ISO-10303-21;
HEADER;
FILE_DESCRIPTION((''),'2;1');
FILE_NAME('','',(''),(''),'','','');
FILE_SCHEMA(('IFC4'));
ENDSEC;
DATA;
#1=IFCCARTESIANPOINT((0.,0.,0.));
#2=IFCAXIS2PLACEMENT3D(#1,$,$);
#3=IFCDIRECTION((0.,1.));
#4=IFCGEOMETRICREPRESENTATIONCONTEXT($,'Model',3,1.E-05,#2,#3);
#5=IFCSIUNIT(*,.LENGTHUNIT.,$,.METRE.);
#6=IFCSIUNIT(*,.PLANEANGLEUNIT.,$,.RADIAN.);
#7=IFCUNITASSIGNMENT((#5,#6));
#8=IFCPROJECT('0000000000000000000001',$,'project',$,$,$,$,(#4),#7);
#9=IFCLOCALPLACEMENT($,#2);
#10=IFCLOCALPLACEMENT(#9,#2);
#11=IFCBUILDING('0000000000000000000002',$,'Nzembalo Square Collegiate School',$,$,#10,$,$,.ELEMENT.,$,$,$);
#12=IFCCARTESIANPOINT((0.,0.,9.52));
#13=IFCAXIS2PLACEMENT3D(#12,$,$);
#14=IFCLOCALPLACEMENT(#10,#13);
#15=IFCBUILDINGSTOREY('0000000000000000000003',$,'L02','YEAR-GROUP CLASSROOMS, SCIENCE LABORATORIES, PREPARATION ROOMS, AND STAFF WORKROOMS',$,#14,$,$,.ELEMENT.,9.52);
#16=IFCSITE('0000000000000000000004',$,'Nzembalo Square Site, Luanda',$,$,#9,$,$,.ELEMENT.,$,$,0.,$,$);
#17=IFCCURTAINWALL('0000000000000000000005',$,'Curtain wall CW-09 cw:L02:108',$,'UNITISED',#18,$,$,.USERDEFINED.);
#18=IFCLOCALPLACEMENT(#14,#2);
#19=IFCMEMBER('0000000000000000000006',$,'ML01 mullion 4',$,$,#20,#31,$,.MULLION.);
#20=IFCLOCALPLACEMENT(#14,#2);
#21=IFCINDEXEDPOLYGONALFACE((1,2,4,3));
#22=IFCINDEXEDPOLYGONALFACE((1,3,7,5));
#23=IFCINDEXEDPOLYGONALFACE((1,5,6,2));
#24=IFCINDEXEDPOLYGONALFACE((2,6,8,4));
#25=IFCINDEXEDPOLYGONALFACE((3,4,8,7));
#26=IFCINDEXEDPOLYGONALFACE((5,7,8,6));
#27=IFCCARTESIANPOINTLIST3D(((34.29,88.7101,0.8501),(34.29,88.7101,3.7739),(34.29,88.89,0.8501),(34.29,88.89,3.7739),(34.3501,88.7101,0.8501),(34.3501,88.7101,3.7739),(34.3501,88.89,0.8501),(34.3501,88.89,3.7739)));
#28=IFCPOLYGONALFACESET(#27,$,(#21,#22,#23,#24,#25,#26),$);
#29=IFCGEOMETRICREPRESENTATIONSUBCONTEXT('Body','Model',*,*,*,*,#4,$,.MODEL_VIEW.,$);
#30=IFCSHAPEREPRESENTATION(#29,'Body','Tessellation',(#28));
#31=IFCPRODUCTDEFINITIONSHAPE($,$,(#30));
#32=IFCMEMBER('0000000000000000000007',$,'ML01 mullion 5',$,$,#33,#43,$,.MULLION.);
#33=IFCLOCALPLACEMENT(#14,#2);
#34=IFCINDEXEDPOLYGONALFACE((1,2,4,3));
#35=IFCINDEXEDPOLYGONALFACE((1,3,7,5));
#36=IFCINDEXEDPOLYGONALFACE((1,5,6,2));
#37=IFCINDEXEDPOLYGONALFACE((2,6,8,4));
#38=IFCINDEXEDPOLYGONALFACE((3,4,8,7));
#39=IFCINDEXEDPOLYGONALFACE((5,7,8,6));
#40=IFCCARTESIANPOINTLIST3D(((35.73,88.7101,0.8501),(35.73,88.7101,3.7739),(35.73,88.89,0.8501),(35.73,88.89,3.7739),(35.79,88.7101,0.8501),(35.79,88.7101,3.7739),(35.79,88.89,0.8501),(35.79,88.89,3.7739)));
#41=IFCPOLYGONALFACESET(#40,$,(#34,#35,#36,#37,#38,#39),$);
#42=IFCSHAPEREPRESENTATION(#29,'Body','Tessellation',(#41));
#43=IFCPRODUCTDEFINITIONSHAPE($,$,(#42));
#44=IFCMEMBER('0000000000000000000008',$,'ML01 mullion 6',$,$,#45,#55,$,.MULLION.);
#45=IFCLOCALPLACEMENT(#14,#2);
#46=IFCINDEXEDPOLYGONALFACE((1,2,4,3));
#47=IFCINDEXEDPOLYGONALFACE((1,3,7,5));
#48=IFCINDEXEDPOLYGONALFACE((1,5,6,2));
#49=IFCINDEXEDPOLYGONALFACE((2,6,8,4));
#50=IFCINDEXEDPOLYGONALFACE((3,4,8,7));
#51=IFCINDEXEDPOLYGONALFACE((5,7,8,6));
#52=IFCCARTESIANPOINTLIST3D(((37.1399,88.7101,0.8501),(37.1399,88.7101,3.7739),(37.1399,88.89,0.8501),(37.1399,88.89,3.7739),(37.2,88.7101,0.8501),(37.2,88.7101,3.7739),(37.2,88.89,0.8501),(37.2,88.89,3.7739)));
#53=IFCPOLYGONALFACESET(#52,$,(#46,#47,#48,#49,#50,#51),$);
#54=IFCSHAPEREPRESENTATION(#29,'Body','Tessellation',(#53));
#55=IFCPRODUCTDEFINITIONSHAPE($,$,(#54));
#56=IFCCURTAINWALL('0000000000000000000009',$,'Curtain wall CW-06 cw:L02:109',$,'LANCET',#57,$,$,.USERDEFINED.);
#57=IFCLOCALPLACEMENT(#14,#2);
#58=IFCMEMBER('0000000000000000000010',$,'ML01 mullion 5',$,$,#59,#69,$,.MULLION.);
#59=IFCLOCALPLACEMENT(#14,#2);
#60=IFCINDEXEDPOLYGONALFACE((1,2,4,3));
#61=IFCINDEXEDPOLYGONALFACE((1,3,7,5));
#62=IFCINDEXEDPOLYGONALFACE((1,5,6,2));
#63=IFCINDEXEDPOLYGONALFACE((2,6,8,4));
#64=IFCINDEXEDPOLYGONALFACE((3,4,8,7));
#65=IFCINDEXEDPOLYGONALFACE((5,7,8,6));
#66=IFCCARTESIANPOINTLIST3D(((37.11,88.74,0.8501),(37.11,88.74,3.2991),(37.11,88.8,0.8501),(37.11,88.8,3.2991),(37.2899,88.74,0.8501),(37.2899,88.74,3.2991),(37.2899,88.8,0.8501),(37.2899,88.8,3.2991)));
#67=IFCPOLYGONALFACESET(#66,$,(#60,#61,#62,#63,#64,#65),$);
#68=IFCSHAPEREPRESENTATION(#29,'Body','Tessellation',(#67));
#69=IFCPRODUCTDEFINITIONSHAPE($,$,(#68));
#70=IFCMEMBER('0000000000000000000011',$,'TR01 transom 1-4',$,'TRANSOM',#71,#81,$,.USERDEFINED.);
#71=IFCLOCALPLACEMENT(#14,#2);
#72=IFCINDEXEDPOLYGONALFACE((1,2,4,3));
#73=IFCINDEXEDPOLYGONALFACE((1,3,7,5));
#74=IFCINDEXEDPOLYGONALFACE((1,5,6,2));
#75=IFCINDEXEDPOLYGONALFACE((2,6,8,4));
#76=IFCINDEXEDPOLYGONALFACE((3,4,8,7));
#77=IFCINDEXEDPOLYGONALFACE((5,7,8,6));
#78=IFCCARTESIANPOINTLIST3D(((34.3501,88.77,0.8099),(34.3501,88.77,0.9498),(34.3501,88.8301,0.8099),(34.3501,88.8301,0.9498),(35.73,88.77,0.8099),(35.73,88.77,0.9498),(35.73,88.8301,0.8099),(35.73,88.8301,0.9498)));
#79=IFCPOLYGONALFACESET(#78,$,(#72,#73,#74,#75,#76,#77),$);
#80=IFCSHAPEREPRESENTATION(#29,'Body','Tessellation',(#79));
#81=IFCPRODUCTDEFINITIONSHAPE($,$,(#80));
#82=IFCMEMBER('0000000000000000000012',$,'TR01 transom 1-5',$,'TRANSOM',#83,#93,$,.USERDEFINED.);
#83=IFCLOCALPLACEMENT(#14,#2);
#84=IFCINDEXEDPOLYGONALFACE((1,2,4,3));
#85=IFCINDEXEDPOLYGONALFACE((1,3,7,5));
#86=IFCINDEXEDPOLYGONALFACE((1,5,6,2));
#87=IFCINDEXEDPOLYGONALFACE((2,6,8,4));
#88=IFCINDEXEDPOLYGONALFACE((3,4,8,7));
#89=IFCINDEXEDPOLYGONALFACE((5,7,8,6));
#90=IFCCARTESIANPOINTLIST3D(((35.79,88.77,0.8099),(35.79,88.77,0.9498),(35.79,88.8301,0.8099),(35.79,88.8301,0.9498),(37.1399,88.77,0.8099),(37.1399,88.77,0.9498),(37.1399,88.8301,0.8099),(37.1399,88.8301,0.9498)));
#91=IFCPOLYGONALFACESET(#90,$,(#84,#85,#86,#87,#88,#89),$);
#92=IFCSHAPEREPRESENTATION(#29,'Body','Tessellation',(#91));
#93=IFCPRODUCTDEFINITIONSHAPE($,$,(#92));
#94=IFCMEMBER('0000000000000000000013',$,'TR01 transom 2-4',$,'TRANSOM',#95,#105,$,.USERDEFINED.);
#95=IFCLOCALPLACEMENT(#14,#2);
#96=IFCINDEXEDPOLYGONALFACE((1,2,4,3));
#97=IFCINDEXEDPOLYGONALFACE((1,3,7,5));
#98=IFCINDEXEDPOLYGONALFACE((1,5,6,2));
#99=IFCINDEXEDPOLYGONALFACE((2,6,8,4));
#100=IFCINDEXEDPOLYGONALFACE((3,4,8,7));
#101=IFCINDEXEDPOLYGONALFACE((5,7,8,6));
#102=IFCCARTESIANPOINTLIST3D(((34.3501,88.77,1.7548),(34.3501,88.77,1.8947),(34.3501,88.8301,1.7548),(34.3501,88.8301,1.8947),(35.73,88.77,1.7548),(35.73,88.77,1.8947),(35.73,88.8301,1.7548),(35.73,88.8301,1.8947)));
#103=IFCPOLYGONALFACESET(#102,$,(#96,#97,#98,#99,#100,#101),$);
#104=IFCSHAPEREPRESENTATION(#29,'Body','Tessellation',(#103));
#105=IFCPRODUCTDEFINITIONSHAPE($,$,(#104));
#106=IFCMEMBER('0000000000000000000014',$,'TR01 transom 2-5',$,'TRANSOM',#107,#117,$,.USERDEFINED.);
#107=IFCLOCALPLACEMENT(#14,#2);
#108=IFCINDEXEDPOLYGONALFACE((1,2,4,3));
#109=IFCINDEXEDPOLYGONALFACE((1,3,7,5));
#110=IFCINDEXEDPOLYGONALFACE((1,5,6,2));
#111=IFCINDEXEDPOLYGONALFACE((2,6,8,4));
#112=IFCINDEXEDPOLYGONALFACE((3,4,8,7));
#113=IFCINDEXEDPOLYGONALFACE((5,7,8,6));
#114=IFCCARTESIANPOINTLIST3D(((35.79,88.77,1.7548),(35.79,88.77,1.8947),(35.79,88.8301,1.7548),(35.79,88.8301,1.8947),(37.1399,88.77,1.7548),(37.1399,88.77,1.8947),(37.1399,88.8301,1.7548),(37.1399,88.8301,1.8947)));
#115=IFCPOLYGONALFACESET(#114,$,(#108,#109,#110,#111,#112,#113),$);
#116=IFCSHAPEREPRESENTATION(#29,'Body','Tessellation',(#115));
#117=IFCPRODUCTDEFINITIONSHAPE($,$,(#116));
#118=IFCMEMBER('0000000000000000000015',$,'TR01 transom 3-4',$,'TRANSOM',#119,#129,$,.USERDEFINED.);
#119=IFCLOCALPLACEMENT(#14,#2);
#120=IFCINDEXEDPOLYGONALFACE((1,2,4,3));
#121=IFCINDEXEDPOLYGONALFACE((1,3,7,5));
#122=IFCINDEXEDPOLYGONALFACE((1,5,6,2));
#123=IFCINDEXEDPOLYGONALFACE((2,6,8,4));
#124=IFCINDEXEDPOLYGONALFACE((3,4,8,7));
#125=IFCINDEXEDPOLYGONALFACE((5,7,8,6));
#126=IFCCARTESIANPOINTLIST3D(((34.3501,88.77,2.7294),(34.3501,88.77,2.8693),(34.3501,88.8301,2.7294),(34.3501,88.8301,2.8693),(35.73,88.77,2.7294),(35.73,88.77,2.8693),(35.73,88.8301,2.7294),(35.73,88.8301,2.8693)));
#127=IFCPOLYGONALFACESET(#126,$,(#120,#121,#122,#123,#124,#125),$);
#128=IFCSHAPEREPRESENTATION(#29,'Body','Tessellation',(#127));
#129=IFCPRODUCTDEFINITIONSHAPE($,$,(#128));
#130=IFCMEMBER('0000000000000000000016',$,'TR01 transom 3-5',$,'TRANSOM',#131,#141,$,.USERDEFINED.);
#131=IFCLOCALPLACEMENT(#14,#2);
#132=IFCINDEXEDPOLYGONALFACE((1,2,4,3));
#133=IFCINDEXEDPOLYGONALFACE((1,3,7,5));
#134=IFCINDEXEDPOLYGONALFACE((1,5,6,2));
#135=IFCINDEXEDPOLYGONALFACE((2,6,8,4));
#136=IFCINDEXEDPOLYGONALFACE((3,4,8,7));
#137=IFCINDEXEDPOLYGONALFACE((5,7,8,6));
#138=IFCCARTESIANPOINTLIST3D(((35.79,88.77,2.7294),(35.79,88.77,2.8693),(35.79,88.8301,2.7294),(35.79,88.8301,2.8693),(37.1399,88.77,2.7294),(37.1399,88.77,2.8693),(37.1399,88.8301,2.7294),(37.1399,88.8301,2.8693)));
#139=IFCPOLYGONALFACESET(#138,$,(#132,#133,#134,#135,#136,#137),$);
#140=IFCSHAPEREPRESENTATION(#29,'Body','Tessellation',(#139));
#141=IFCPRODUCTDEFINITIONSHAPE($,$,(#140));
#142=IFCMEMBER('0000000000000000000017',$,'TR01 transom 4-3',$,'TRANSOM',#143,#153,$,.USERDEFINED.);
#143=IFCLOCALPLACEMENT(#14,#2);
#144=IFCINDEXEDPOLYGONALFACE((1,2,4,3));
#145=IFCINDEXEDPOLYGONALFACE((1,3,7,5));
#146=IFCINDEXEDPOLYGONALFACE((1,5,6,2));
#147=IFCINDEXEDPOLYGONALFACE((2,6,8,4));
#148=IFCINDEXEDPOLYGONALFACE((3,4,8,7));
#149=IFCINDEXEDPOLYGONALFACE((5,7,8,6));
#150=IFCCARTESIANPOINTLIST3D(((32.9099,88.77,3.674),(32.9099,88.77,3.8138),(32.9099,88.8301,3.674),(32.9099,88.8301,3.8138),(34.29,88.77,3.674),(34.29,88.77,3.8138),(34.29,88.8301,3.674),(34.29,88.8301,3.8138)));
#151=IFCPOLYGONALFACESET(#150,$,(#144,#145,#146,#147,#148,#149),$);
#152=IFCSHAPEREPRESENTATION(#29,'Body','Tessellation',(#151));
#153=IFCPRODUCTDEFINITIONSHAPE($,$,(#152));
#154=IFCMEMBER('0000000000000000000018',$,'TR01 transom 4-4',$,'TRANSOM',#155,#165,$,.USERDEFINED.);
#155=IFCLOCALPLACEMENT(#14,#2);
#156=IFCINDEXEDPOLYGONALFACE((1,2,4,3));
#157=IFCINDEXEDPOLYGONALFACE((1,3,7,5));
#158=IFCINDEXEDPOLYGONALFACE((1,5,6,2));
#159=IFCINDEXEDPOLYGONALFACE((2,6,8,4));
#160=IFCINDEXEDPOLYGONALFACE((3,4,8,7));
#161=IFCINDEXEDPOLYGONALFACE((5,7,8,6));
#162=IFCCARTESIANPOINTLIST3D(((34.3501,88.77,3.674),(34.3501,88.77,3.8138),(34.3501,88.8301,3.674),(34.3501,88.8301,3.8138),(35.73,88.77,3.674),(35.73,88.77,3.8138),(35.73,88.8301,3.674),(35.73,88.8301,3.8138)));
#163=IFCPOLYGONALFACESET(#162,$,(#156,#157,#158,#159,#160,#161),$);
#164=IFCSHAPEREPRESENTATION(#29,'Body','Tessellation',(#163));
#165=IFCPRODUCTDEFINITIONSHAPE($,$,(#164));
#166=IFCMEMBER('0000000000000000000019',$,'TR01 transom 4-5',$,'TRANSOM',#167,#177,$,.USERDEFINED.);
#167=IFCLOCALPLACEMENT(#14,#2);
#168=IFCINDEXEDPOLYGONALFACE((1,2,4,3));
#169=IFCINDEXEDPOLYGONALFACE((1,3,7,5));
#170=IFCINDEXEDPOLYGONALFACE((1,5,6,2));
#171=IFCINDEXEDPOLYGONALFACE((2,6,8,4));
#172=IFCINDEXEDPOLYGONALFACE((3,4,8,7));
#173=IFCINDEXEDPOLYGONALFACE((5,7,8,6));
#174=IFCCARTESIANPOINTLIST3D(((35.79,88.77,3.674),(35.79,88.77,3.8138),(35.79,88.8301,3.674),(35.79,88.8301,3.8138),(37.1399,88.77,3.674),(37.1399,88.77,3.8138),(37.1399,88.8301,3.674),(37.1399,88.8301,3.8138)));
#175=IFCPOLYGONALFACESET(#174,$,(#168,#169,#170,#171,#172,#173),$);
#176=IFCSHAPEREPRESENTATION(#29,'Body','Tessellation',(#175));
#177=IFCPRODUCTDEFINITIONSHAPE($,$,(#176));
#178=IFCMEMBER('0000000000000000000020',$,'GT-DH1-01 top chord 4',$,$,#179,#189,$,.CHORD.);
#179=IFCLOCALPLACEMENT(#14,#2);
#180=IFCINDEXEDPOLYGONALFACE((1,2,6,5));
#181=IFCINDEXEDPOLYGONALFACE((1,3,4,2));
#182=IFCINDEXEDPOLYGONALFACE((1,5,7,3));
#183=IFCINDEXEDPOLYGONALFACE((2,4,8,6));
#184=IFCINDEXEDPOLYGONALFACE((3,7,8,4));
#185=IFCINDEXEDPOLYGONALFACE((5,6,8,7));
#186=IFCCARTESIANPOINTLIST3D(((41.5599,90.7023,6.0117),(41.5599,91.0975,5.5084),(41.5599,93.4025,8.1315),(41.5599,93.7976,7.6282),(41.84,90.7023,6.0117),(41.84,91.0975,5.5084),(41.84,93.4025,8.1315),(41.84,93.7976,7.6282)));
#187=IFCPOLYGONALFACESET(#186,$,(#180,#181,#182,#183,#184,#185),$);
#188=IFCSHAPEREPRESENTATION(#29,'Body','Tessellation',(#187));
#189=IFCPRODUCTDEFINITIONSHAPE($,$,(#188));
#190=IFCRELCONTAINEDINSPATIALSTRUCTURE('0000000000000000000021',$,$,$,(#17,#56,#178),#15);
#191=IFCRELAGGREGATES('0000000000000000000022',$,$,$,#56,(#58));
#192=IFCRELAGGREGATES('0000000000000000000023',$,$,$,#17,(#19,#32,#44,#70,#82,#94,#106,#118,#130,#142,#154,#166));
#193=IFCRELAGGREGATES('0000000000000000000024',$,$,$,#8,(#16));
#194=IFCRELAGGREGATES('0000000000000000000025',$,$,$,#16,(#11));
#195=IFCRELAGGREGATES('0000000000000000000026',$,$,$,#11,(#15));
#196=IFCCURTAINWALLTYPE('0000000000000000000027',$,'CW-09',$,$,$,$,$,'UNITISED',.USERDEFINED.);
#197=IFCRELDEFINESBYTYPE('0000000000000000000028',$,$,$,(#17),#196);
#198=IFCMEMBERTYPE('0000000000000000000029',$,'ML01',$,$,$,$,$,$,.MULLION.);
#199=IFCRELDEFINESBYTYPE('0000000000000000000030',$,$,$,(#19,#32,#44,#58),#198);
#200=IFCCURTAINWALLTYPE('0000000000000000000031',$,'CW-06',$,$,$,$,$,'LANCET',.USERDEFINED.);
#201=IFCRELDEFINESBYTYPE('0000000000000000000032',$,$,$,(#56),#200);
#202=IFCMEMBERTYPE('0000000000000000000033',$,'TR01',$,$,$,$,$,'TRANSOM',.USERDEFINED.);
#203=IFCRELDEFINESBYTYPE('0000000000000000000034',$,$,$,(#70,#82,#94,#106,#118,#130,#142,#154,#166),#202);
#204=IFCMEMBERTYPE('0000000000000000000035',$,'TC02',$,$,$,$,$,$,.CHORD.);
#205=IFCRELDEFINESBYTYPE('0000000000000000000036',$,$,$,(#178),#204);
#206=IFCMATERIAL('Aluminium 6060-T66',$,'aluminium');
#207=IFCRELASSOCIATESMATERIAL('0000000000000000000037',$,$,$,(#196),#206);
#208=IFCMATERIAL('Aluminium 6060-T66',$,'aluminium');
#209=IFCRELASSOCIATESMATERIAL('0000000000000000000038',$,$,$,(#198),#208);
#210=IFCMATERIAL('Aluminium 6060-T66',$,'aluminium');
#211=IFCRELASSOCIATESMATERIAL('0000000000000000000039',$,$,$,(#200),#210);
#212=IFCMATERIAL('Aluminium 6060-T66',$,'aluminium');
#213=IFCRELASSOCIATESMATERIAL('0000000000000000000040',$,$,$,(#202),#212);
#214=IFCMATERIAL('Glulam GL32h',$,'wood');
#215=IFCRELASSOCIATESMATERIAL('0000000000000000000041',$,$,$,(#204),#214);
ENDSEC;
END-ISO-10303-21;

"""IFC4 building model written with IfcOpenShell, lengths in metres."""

from ifc_helpers import new_model, si_unit, direction, frame, origin, origin_2d, place, context, subcontext, project, spatial, rectangle, extrude, material, material_profile, profile_set, type_object, element, aggregate, save


model = new_model("IFC4")

# Units and contexts
model_context = context("Model", 3, precision=1e-05, world=origin(), true_north=direction((0.0, 1.0)))
body_context = subcontext(model_context, "Body", "Model", "MODEL_VIEW")
ifc_project = project(units=[si_unit("LENGTHUNIT", "METRE"), si_unit("PLANEANGLEUNIT", "RADIAN")], contexts=[model_context])

# Site, building, storey
site_placement = place(None, origin())
site = spatial("IfcSite", under=ifc_project, at=site_placement, Name="Nzembalo Square Site, Luanda", CompositionType="ELEMENT", RefElevation=0.0)
building_placement = place(site_placement, origin())
building = spatial("IfcBuilding", under=site, at=building_placement, Name="Nzembalo Square Collegiate School", CompositionType="ELEMENT")
storey_placement = place(building_placement, frame((0.0, 0.0, 9.52)))
storey = spatial("IfcBuildingStorey", under=building, at=storey_placement, Name="L02", Description="YEAR-GROUP CLASSROOMS, SCIENCE LABORATORIES, PREPARATION ROOMS, AND STAFF WORKROOMS", CompositionType="ELEMENT", Elevation=9.52)

# Curtain wall, members
ifc_material_1 = material(Name="Aluminium 6060-T66", Category="aluminium")
curtain_wall_type_1 = type_object("IfcCurtainWallType", Name="CW-09", ElementType="UNITISED", PredefinedType="USERDEFINED", material=ifc_material_1)
curtain_wall_1_placement = place(storey_placement, origin())
curtain_wall_1 = element("IfcCurtainWall", 1, at=curtain_wall_1_placement, inside=storey, type_object=curtain_wall_type_1, Name="Curtain wall CW-09 cw:L02:108", ObjectType="UNITISED", PredefinedType="USERDEFINED")
ifc_material_2 = material(Name="Aluminium 6060-T66", Category="aluminium")
ifc_material_profile_1 = material_profile(ifc_material_2, rectangle(XDim=0.0601, YDim=0.1799, at=origin_2d()), Name="ALU M60x180")
ifc_profile_set_1 = profile_set([ifc_material_profile_1], Name="Aluminium 6060-T66")
member_type_1 = type_object("IfcMemberType", Name="ML01", PredefinedType="MULLION", material=ifc_profile_set_1)
member_1_placement = place(storey_placement, frame((34.3201, 88.8, 0.8501), z_axis=(0.0, 0.0, 1.0), x_axis=(1.0, 0.0, 0.0)))
member_1 = element("IfcMember", 2, at=member_1_placement, type_object=member_type_1, Name="ML01 mullion 4", PredefinedType="MULLION", context=body_context, shape_type="SweptSolid", body=[
    extrude(rectangle(XDim=0.0601, YDim=0.1799, at=origin_2d()), origin(), (0.0, 0.0, 1.0), 2.9238),
])
member_2_placement = place(storey_placement, frame((35.76, 88.8, 0.8501), z_axis=(0.0, 0.0, 1.0), x_axis=(1.0, 0.0, 0.0)))
member_2 = element("IfcMember", 3, at=member_2_placement, type_object=member_type_1, Name="ML01 mullion 5", PredefinedType="MULLION", context=body_context, shape_type="SweptSolid", body=[
    extrude(rectangle(XDim=0.0601, YDim=0.1799, at=origin_2d()), origin(), (0.0, 0.0, 1.0), 2.9238),
])
member_3_placement = place(storey_placement, frame((37.1699, 88.8, 0.8501), z_axis=(0.0, 0.0, 1.0), x_axis=(1.0, 0.0, 0.0)))
member_3 = element("IfcMember", 4, at=member_3_placement, type_object=member_type_1, Name="ML01 mullion 6", PredefinedType="MULLION", context=body_context, shape_type="SweptSolid", body=[
    extrude(rectangle(XDim=0.0601, YDim=0.1799, at=origin_2d()), origin(), (0.0, 0.0, 1.0), 2.9238),
])

# Curtain wall, member
ifc_material_3 = material(Name="Aluminium 6060-T66", Category="aluminium")
curtain_wall_type_2 = type_object("IfcCurtainWallType", Name="CW-06", ElementType="LANCET", PredefinedType="USERDEFINED", material=ifc_material_3)
curtain_wall_2_placement = place(storey_placement, origin())
curtain_wall_2 = element("IfcCurtainWall", 5, at=curtain_wall_2_placement, inside=storey, type_object=curtain_wall_type_2, Name="Curtain wall CW-06 cw:L02:109", ObjectType="LANCET", PredefinedType="USERDEFINED")
member_4_placement = place(storey_placement, frame((37.2, 88.77, 0.8501), z_axis=(0.0, 0.0, 1.0), x_axis=(0.0, 1.0, 0.0)))
member_4 = element("IfcMember", 6, at=member_4_placement, type_object=member_type_1, Name="ML01 mullion 5", PredefinedType="MULLION", context=body_context, shape_type="SweptSolid", body=[
    extrude(rectangle(XDim=0.0601, YDim=0.1799, at=origin_2d()), origin(), (0.0, 0.0, 1.0), 2.449),
])
aggregate(curtain_wall_2, [member_4])

# Members
ifc_material_4 = material(Name="Aluminium 6060-T66", Category="aluminium")
ifc_material_profile_2 = material_profile(ifc_material_4, rectangle(XDim=0.0601, YDim=0.1399, at=origin_2d()), Name="ALU T60x140")
ifc_profile_set_2 = profile_set([ifc_material_profile_2], Name="Aluminium 6060-T66")
member_type_2 = type_object("IfcMemberType", Name="TR01", ElementType="TRANSOM", PredefinedType="USERDEFINED", material=ifc_profile_set_2)
member_5_placement = place(storey_placement, frame((34.3501, 88.8, 0.8799), z_axis=(1.0, 0.0, 0.0), x_axis=(0.0, 1.0, 0.0)))
member_5 = element("IfcMember", 7, at=member_5_placement, type_object=member_type_2, Name="TR01 transom 1-4", ObjectType="TRANSOM", PredefinedType="USERDEFINED", context=body_context, shape_type="SweptSolid", body=[
    extrude(rectangle(XDim=0.0601, YDim=0.1399, at=origin_2d()), origin(), (0.0, 0.0, 1.0), 1.3799),
])
member_6_placement = place(storey_placement, frame((35.79, 88.8, 0.8799), z_axis=(1.0, 0.0, 0.0), x_axis=(0.0, 1.0, 0.0)))
member_6 = element("IfcMember", 8, at=member_6_placement, type_object=member_type_2, Name="TR01 transom 1-5", ObjectType="TRANSOM", PredefinedType="USERDEFINED", context=body_context, shape_type="SweptSolid", body=[
    extrude(rectangle(XDim=0.0601, YDim=0.1399, at=origin_2d()), origin(), (0.0, 0.0, 1.0), 1.3499),
])
member_7_placement = place(storey_placement, frame((34.3501, 88.8, 1.8247), z_axis=(1.0, 0.0, 0.0), x_axis=(0.0, 1.0, 0.0)))
member_7 = element("IfcMember", 9, at=member_7_placement, type_object=member_type_2, Name="TR01 transom 2-4", ObjectType="TRANSOM", PredefinedType="USERDEFINED", context=body_context, shape_type="SweptSolid", body=[
    extrude(rectangle(XDim=0.0601, YDim=0.1399, at=origin_2d()), origin(), (0.0, 0.0, 1.0), 1.3799),
])
member_8_placement = place(storey_placement, frame((35.79, 88.8, 1.8247), z_axis=(1.0, 0.0, 0.0), x_axis=(0.0, 1.0, 0.0)))
member_8 = element("IfcMember", 10, at=member_8_placement, type_object=member_type_2, Name="TR01 transom 2-5", ObjectType="TRANSOM", PredefinedType="USERDEFINED", context=body_context, shape_type="SweptSolid", body=[
    extrude(rectangle(XDim=0.0601, YDim=0.1399, at=origin_2d()), origin(), (0.0, 0.0, 1.0), 1.3499),
])
member_9_placement = place(storey_placement, frame((34.3501, 88.8, 2.7993), z_axis=(1.0, 0.0, 0.0), x_axis=(0.0, 1.0, 0.0)))
member_9 = element("IfcMember", 11, at=member_9_placement, type_object=member_type_2, Name="TR01 transom 3-4", ObjectType="TRANSOM", PredefinedType="USERDEFINED", context=body_context, shape_type="SweptSolid", body=[
    extrude(rectangle(XDim=0.0601, YDim=0.1399, at=origin_2d()), origin(), (0.0, 0.0, 1.0), 1.3799),
])
member_10_placement = place(storey_placement, frame((35.79, 88.8, 2.7993), z_axis=(1.0, 0.0, 0.0), x_axis=(0.0, 1.0, 0.0)))
member_10 = element("IfcMember", 12, at=member_10_placement, type_object=member_type_2, Name="TR01 transom 3-5", ObjectType="TRANSOM", PredefinedType="USERDEFINED", context=body_context, shape_type="SweptSolid", body=[
    extrude(rectangle(XDim=0.0601, YDim=0.1399, at=origin_2d()), origin(), (0.0, 0.0, 1.0), 1.3499),
])
member_11_placement = place(storey_placement, frame((32.9099, 88.8, 3.7439), z_axis=(1.0, 0.0, 0.0), x_axis=(0.0, 1.0, 0.0)))
member_11 = element("IfcMember", 13, at=member_11_placement, type_object=member_type_2, Name="TR01 transom 4-3", ObjectType="TRANSOM", PredefinedType="USERDEFINED", context=body_context, shape_type="SweptSolid", body=[
    extrude(rectangle(XDim=0.0601, YDim=0.1399, at=origin_2d()), origin(), (0.0, 0.0, 1.0), 1.3801),
])
member_12_placement = place(storey_placement, frame((34.3501, 88.8, 3.7439), z_axis=(1.0, 0.0, 0.0), x_axis=(0.0, 1.0, 0.0)))
member_12 = element("IfcMember", 14, at=member_12_placement, type_object=member_type_2, Name="TR01 transom 4-4", ObjectType="TRANSOM", PredefinedType="USERDEFINED", context=body_context, shape_type="SweptSolid", body=[
    extrude(rectangle(XDim=0.0601, YDim=0.1399, at=origin_2d()), origin(), (0.0, 0.0, 1.0), 1.3799),
])
member_13_placement = place(storey_placement, frame((35.79, 88.8, 3.7439), z_axis=(1.0, 0.0, 0.0), x_axis=(0.0, 1.0, 0.0)))
member_13 = element("IfcMember", 15, at=member_13_placement, type_object=member_type_2, Name="TR01 transom 4-5", ObjectType="TRANSOM", PredefinedType="USERDEFINED", context=body_context, shape_type="SweptSolid", body=[
    extrude(rectangle(XDim=0.0601, YDim=0.1399, at=origin_2d()), origin(), (0.0, 0.0, 1.0), 1.3499),
])
ifc_material_5 = material(Name="Glulam GL32h", Category="wood")
ifc_material_profile_3 = material_profile(ifc_material_5, rectangle(XDim=0.28, YDim=0.6399, at=origin_2d()), Name="GL32h 280x640")
ifc_profile_set_3 = profile_set([ifc_material_profile_3], Name="Glulam GL32h")
member_type_3 = type_object("IfcMemberType", Name="TC02", PredefinedType="CHORD", material=ifc_profile_set_3)
member_14_placement = place(storey_placement, frame((41.7, 90.8999, 5.76), z_axis=(0.0, 0.78656, 0.617514), x_axis=(-1.0, 0.0, 0.0)))
element("IfcMember", 16, at=member_14_placement, inside=storey, type_object=member_type_3, Name="GT-DH1-01 top chord 4", PredefinedType="CHORD", context=body_context, shape_type="SweptSolid", body=[
    extrude(rectangle(XDim=0.28, YDim=0.6399, at=origin_2d()), origin(), (0.0, 0.0, 1.0), 3.4329),
])

aggregate(curtain_wall_1, [member_1, member_2, member_3, member_5, member_6, member_7, member_8, member_9, member_10, member_11, member_12, member_13])

save(model, "model.ifc")
